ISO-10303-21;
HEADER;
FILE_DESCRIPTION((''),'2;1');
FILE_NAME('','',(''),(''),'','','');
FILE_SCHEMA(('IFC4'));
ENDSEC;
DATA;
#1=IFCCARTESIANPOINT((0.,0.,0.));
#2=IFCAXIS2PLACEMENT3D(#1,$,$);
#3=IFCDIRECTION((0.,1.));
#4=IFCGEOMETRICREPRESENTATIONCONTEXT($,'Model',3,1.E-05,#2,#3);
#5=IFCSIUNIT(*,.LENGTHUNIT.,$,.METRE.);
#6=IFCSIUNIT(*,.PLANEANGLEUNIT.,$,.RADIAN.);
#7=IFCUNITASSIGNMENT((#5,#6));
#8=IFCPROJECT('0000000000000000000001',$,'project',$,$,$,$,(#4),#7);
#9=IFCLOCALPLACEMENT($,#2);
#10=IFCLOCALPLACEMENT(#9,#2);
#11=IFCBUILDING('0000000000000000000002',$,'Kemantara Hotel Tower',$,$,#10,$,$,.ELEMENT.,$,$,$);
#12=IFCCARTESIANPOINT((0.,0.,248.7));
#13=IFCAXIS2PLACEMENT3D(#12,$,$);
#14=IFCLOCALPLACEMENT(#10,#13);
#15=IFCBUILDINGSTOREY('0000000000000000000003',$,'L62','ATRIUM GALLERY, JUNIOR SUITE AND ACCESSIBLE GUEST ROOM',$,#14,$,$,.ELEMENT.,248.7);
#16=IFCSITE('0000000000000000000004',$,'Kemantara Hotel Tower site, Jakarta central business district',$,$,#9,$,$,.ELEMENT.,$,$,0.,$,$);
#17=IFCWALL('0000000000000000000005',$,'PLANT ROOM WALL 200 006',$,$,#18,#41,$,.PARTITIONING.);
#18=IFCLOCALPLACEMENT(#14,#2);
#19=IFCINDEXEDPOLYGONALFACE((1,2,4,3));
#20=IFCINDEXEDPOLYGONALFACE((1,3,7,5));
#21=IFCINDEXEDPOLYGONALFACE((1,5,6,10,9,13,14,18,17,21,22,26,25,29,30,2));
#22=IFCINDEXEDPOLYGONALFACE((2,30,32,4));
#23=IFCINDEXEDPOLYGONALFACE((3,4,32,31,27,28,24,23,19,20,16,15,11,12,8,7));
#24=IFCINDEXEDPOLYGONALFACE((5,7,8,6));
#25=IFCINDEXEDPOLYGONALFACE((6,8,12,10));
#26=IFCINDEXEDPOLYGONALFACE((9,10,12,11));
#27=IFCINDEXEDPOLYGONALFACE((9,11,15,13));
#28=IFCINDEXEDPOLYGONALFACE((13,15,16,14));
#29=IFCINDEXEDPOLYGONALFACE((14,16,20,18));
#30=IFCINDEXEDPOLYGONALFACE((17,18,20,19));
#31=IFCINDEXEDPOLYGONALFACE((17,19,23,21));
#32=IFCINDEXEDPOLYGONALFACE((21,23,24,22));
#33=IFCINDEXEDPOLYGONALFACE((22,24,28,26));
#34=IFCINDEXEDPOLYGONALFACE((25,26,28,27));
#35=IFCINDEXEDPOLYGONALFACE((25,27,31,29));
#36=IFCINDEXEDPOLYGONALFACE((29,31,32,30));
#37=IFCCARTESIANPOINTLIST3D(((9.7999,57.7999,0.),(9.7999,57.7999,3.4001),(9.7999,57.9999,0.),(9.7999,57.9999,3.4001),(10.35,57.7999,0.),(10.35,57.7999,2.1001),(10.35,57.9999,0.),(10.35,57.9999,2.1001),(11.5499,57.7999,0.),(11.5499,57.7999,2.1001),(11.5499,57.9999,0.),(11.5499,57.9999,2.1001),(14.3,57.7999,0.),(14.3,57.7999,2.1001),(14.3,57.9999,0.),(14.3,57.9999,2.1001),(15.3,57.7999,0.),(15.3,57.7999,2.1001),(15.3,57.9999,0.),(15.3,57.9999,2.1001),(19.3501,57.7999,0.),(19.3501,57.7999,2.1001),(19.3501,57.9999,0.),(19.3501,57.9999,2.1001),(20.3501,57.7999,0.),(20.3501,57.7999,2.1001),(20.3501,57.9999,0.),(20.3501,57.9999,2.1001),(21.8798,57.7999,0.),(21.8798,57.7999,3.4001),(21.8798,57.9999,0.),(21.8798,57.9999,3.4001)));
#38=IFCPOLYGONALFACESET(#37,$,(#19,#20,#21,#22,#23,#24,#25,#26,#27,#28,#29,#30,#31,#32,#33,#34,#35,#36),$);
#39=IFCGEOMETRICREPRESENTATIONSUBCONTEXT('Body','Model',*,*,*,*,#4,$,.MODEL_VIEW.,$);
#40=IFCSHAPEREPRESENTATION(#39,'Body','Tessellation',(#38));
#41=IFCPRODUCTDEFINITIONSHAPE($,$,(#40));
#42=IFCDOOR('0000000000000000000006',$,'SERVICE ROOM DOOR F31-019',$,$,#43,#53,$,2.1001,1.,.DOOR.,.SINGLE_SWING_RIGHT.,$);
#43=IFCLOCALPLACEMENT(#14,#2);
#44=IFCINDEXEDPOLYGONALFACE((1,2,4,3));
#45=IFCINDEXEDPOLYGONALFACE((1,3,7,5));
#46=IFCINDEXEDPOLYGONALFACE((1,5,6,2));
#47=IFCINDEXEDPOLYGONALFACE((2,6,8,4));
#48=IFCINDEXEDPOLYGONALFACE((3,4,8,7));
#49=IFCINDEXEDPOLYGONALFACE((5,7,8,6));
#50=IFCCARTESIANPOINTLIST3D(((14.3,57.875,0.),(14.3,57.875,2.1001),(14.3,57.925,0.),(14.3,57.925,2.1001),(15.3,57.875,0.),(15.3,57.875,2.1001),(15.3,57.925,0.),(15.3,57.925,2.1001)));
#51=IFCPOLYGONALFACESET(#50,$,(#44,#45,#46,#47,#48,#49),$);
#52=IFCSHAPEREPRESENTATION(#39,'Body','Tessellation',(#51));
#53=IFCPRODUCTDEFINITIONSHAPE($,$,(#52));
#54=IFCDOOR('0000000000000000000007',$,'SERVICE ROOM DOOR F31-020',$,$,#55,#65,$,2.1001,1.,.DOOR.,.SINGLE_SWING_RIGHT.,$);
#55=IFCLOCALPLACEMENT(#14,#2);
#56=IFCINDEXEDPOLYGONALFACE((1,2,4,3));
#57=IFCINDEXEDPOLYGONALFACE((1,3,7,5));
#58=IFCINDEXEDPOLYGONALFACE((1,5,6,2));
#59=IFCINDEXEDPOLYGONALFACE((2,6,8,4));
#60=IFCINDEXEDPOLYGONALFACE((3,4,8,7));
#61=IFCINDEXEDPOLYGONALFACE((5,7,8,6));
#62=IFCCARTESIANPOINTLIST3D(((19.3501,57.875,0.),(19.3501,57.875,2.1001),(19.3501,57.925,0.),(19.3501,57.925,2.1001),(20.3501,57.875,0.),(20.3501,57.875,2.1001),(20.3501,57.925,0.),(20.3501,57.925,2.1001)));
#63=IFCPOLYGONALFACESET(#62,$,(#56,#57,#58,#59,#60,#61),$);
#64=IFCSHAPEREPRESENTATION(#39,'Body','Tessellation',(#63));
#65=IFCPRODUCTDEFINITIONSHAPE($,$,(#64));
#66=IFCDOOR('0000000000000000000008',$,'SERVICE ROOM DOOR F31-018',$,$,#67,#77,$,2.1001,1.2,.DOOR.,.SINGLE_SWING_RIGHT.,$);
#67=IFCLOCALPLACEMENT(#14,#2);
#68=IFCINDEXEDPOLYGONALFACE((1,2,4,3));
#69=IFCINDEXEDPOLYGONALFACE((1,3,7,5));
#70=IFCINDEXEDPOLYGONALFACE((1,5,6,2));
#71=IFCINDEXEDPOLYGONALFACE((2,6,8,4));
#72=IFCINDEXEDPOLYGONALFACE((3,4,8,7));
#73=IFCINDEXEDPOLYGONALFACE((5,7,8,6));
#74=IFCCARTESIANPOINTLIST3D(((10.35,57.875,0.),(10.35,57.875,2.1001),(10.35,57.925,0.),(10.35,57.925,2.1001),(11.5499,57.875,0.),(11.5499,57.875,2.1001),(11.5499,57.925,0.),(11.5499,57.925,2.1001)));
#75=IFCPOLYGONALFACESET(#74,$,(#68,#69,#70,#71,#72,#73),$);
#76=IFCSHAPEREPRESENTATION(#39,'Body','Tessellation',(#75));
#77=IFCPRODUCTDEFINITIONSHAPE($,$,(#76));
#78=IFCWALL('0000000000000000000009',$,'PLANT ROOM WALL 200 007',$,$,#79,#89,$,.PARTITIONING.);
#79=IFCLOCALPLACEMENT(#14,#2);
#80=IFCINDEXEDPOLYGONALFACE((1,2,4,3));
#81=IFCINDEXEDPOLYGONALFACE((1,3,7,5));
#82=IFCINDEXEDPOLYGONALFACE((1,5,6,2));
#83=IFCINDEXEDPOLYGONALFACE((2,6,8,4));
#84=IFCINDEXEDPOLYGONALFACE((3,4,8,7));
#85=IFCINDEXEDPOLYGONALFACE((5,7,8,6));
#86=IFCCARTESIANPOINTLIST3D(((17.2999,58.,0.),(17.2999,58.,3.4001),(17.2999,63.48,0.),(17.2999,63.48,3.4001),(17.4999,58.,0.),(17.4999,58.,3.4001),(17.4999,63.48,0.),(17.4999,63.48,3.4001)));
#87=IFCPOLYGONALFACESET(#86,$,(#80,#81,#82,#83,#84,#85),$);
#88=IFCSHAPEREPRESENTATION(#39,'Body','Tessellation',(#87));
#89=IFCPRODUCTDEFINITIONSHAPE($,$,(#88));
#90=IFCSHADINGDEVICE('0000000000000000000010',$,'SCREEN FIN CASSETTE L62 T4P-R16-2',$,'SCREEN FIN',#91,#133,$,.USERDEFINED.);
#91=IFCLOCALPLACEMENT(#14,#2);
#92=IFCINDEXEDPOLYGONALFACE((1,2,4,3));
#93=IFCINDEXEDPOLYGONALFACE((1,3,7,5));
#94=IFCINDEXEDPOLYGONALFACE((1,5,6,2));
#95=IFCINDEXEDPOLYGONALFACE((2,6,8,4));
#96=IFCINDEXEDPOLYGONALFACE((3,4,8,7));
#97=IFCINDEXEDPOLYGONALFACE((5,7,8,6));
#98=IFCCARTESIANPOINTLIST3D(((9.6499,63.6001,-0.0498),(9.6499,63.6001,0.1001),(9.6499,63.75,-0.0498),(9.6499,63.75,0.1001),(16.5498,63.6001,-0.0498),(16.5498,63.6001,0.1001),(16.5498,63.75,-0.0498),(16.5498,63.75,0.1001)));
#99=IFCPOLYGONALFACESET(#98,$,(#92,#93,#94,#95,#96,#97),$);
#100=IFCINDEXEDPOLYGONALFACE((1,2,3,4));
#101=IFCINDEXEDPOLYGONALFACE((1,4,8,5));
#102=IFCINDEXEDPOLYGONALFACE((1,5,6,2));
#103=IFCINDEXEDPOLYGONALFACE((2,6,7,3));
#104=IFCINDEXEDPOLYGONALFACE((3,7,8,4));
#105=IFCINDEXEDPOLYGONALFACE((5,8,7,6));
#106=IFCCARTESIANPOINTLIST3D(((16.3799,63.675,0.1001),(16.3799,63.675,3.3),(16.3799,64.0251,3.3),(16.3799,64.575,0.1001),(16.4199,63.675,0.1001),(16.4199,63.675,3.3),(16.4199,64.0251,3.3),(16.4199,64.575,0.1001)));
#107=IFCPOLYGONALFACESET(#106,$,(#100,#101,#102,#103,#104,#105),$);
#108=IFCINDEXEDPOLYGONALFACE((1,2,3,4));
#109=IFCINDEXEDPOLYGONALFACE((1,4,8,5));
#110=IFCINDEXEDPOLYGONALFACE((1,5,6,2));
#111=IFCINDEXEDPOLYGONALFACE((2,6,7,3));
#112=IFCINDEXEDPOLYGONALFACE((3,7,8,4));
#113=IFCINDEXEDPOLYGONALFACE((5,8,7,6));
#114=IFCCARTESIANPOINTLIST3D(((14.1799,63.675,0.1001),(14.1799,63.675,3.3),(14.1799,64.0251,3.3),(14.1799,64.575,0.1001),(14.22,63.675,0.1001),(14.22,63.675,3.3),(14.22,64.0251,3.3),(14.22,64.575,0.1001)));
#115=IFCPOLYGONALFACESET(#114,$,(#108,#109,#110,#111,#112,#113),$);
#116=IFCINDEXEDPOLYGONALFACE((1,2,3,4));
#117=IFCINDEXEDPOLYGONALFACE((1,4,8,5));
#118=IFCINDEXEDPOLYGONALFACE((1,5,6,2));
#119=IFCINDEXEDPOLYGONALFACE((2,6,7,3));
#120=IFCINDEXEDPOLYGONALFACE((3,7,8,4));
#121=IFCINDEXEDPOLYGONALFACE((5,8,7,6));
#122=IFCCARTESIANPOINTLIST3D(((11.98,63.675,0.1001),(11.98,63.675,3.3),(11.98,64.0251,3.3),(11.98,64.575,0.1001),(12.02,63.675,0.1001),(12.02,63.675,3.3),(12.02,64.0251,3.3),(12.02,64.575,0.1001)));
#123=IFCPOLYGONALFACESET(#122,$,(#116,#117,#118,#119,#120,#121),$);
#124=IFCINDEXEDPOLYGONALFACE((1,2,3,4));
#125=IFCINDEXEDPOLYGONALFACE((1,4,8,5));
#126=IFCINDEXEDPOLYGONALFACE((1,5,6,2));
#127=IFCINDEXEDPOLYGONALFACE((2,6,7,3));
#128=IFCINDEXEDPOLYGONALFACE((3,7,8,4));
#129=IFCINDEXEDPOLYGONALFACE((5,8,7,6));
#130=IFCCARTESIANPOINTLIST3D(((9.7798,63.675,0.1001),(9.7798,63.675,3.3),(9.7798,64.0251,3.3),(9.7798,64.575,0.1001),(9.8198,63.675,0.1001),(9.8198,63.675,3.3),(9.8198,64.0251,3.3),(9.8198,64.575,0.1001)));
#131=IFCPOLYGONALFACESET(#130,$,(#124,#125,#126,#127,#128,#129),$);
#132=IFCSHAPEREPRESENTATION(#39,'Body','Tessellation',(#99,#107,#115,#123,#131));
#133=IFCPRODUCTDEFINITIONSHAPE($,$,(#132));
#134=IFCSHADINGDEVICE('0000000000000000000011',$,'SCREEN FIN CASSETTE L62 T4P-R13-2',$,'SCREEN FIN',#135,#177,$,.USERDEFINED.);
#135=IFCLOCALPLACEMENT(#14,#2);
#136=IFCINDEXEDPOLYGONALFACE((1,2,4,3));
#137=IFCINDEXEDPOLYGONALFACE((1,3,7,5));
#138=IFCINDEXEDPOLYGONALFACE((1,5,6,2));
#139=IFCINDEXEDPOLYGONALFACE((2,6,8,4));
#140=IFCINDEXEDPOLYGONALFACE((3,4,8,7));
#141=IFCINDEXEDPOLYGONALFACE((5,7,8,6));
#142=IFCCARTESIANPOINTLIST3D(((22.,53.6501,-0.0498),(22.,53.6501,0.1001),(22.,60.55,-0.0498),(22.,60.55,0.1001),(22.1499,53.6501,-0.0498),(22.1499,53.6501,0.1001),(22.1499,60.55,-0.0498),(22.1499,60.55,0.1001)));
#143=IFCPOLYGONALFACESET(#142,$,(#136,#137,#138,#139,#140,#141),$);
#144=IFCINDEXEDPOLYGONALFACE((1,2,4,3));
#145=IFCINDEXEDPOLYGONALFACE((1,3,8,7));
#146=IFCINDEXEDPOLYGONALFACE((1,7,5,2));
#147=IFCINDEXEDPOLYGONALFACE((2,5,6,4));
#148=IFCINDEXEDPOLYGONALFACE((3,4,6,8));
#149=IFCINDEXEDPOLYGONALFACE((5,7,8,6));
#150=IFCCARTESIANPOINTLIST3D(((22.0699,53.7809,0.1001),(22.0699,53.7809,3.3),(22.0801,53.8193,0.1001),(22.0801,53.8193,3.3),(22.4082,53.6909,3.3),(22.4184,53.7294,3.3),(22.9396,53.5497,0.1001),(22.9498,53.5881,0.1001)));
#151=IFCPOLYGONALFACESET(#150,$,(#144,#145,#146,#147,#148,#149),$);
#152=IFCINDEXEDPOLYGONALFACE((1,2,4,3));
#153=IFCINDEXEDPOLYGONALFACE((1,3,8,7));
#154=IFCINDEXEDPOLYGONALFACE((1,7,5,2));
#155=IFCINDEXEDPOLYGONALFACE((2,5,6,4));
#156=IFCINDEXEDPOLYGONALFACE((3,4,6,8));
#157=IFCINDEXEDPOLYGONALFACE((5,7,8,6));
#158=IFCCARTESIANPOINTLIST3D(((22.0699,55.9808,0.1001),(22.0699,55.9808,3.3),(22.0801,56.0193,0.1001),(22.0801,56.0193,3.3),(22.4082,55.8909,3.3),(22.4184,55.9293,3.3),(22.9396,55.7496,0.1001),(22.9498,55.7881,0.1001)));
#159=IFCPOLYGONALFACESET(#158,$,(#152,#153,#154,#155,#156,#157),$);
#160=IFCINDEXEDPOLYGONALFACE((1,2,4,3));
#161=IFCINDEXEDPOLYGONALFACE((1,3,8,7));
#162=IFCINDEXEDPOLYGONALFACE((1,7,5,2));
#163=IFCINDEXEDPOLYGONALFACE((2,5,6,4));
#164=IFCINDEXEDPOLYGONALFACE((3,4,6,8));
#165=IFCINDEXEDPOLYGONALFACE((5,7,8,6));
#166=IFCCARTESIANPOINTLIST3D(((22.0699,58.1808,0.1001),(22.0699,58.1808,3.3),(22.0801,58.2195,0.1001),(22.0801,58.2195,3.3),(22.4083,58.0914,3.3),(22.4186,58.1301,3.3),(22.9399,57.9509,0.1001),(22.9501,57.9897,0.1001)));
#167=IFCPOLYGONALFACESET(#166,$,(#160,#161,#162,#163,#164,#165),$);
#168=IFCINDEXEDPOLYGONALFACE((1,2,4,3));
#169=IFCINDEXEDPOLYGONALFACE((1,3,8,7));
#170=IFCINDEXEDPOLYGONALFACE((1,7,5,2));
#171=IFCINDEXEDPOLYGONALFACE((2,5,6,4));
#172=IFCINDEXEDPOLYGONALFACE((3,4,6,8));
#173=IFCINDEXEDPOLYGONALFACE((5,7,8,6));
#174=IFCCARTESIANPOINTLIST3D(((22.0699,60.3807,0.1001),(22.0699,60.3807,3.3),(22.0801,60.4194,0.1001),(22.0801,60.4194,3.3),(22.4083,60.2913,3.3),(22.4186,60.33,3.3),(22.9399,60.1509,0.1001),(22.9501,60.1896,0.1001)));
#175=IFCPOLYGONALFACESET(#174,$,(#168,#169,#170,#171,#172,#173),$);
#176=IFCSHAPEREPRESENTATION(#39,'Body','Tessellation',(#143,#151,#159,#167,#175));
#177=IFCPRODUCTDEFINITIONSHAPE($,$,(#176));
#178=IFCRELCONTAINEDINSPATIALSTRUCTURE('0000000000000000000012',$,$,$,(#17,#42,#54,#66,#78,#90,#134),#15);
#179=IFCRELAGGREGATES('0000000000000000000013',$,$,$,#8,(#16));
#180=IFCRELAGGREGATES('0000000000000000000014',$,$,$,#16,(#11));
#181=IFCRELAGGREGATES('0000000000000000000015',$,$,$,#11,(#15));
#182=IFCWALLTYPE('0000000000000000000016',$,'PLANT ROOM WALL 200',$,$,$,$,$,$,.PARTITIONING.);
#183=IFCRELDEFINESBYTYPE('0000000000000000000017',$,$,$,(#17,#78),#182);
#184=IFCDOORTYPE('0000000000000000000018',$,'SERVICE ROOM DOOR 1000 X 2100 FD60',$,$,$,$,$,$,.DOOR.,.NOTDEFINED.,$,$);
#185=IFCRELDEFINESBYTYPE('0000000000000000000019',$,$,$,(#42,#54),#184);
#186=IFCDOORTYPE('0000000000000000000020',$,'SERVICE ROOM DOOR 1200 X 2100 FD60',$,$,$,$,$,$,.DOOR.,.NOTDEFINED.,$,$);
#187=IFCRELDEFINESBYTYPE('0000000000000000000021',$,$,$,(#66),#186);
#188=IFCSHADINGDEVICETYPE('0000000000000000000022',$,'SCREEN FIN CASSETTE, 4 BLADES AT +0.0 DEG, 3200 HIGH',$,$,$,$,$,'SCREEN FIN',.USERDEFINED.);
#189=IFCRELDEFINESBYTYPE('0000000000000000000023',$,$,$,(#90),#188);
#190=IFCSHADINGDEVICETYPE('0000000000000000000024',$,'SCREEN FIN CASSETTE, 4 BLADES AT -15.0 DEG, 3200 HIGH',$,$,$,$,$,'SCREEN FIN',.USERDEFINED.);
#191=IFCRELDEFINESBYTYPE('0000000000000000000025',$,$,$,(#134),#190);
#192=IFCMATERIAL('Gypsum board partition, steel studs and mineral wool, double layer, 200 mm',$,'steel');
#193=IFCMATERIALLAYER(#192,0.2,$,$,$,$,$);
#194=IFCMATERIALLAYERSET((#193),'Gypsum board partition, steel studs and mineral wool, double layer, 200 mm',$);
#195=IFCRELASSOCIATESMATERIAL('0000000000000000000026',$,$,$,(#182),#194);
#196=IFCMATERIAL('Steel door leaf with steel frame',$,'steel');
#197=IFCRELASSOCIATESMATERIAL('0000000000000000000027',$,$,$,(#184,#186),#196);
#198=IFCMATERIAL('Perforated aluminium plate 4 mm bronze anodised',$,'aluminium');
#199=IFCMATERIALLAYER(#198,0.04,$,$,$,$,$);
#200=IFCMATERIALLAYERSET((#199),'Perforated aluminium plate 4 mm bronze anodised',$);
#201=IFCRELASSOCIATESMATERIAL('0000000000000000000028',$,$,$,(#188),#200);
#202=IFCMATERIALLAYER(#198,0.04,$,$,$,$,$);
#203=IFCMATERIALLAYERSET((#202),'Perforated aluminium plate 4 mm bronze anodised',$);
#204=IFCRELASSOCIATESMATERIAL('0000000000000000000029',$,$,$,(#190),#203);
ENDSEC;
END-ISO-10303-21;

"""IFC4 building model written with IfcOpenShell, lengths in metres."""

from ifc_helpers import new_model, si_unit, direction, frame, frame_2d, origin, origin_2d, place, context, subcontext, project, spatial, polyline, rectangle, outline, extrude, source, transform, mapped, material, layer, layer_set, type_object, element, fill, save


model = new_model("IFC4")

# Units and contexts
model_context = context("Model", 3, precision=1e-05, world=origin(), true_north=direction((0.0, 1.0)))
body_context = subcontext(model_context, "Body", "Model", "MODEL_VIEW")
ifc_project = project(units=[si_unit("LENGTHUNIT", "METRE"), si_unit("PLANEANGLEUNIT", "RADIAN")], contexts=[model_context])

# Site, building, storey
site_placement = place(None, origin())
site = spatial("IfcSite", under=ifc_project, at=site_placement, Name="Kemantara Hotel Tower site, Jakarta central business district", CompositionType="ELEMENT", RefElevation=0.0)
building_placement = place(site_placement, origin())
building = spatial("IfcBuilding", under=site, at=building_placement, Name="Kemantara Hotel Tower", CompositionType="ELEMENT")
storey_placement = place(building_placement, frame((0.0, 0.0, 248.7)))
storey = spatial("IfcBuildingStorey", under=building, at=storey_placement, Name="L62", Description="ATRIUM GALLERY, JUNIOR SUITE AND ACCESSIBLE GUEST ROOM", CompositionType="ELEMENT", Elevation=248.7)

# Wall, openings, doors
ifc_material_1 = material(Name="Gypsum board partition, steel studs and mineral wool, double layer, 200 mm", Category="steel")
ifc_layer_1 = layer(ifc_material_1, 0.2)
ifc_layer_set_1 = layer_set([ifc_layer_1], Name="Gypsum board partition, steel studs and mineral wool, double layer, 200 mm")
wall_type = type_object("IfcWallType", Name="PLANT ROOM WALL 200", PredefinedType="PARTITIONING", material=ifc_layer_set_1)
wall_1_placement = place(storey_placement, frame((21.8799, 57.8999, 0.0), z_axis=(0.0, 0.0, 1.0), x_axis=(-1.0, 0.0, 0.0)))
wall_1 = element("IfcWall", 1, at=wall_1_placement, inside=storey, type_object=wall_type, Name="PLANT ROOM WALL 200 006", PredefinedType="PARTITIONING", context=body_context, shape_type="SweptSolid", body=[
    extrude(rectangle(XDim=12.0798, YDim=0.2, at=frame_2d((6.04, 0.0))), origin(), (0.0, 0.0, 1.0), 3.4001),
])
opening_1_placement = place(wall_1_placement, frame((10.3298, 0.0, 0.0)))
opening_1 = element("IfcOpeningElement", 2, at=opening_1_placement, cuts=wall_1, PredefinedType="OPENING", context=body_context, shape_type="SweptSolid", body=[
    extrude(rectangle(XDim=1.2, YDim=2.1001, at=frame_2d((0.6001, 1.05))), frame((0.0, 0.1099, 0.0), z_axis=(0.0, -1.0, 0.0), x_axis=(1.0, 0.0, 0.0)), (0.0, 0.0, 1.0), 0.22),
])
opening_2_placement = place(wall_1_placement, frame((6.5798, 0.0, 0.0)))
opening_2 = element("IfcOpeningElement", 3, at=opening_2_placement, cuts=wall_1, PredefinedType="OPENING", context=body_context, shape_type="SweptSolid", body=[
    extrude(rectangle(XDim=1.0, YDim=2.1001, at=frame_2d((0.5, 1.05))), frame((0.0, 0.1099, 0.0), z_axis=(0.0, -1.0, 0.0), x_axis=(1.0, 0.0, 0.0)), (0.0, 0.0, 1.0), 0.22),
])
opening_3_placement = place(wall_1_placement, frame((1.5298, 0.0, 0.0)))
opening_3 = element("IfcOpeningElement", 4, at=opening_3_placement, cuts=wall_1, PredefinedType="OPENING", context=body_context, shape_type="SweptSolid", body=[
    extrude(rectangle(XDim=1.0, YDim=2.1001, at=frame_2d((0.5, 1.05))), frame((0.0, 0.1099, 0.0), z_axis=(0.0, -1.0, 0.0), x_axis=(1.0, 0.0, 0.0)), (0.0, 0.0, 1.0), 0.22),
])
ifc_material_2 = material(Name="Steel door leaf with steel frame", Category="steel")
door_type_1 = type_object("IfcDoorType", Name="SERVICE ROOM DOOR 1000 X 2100 FD60", OperationType="NOTDEFINED", PredefinedType="DOOR", material=ifc_material_2)
door_1_placement = place(opening_2_placement, origin())
door_1 = element("IfcDoor", 5, at=door_1_placement, inside=storey, type_object=door_type_1, Name="SERVICE ROOM DOOR F31-019", OperationType="SINGLE_SWING_RIGHT", OverallHeight=2.1001, OverallWidth=1.0, PredefinedType="DOOR", context=body_context, shape_type="SweptSolid", body=[
    extrude(rectangle(XDim=1.0, YDim=2.1001, at=frame_2d((0.5, 1.05))), frame((0.0, 0.0249, 0.0), z_axis=(0.0, -1.0, 0.0), x_axis=(1.0, 0.0, 0.0)), (0.0, 0.0, 1.0), 0.05),
])
fill(opening_2, door_1)
door_2_placement = place(opening_3_placement, origin())
door_2 = element("IfcDoor", 6, at=door_2_placement, inside=storey, type_object=door_type_1, Name="SERVICE ROOM DOOR F31-020", OperationType="SINGLE_SWING_RIGHT", OverallHeight=2.1001, OverallWidth=1.0, PredefinedType="DOOR", context=body_context, shape_type="SweptSolid", body=[
    extrude(rectangle(XDim=1.0, YDim=2.1001, at=frame_2d((0.5, 1.05))), frame((0.0, 0.0249, 0.0), z_axis=(0.0, -1.0, 0.0), x_axis=(1.0, 0.0, 0.0)), (0.0, 0.0, 1.0), 0.05),
])
fill(opening_3, door_2)
door_type_2 = type_object("IfcDoorType", Name="SERVICE ROOM DOOR 1200 X 2100 FD60", OperationType="NOTDEFINED", PredefinedType="DOOR", material=ifc_material_2)
door_3_placement = place(opening_1_placement, origin())
door_3 = element("IfcDoor", 7, at=door_3_placement, inside=storey, type_object=door_type_2, Name="SERVICE ROOM DOOR F31-018", OperationType="SINGLE_SWING_RIGHT", OverallHeight=2.1001, OverallWidth=1.2, PredefinedType="DOOR", context=body_context, shape_type="SweptSolid", body=[
    extrude(rectangle(XDim=1.2, YDim=2.1001, at=frame_2d((0.6001, 1.05))), frame((0.0, 0.0249, 0.0), z_axis=(0.0, -1.0, 0.0), x_axis=(1.0, 0.0, 0.0)), (0.0, 0.0, 1.0), 0.05),
])
fill(opening_1, door_3)

# Wall
wall_2_placement = place(storey_placement, frame((17.3999, 58.0, 0.0), z_axis=(0.0, 0.0, 1.0), x_axis=(0.0, 1.0, 0.0)))
element("IfcWall", 8, at=wall_2_placement, inside=storey, type_object=wall_type, Name="PLANT ROOM WALL 200 007", PredefinedType="PARTITIONING", context=body_context, shape_type="SweptSolid", body=[
    extrude(rectangle(XDim=5.48, YDim=0.2, at=frame_2d((2.74, 0.0))), origin(), (0.0, 0.0, 1.0), 3.4001),
])

# Shading devices
ifc_material_3 = material(Name="Perforated aluminium plate 4 mm bronze anodised", Category="aluminium")
ifc_layer_2 = layer(ifc_material_3, 0.04)
ifc_layer_set_2 = layer_set([ifc_layer_2], Name="Perforated aluminium plate 4 mm bronze anodised")
shading_device_type_1 = type_object("IfcShadingDeviceType", Name="SCREEN FIN CASSETTE, 4 BLADES AT +0.0 DEG, 3200 HIGH", ElementType="SCREEN FIN", PredefinedType="USERDEFINED", material=ifc_layer_set_2)
shared_shape_1 = source(origin(), body_context, "Body", "SweptSolid", [
    extrude(rectangle(XDim=6.8999, YDim=0.1499, at=origin_2d()), frame((3.3, -0.075, -0.1499), z_axis=(0.0, 0.0, 1.0), x_axis=(1.0, 0.0, 0.0)), (0.0, 0.0, 1.0), 0.1499),
    extrude(outline(polyline([(0.0, 0.0), (0.8999, 0.0), (0.3501, 3.2), (0.0, 3.2), (0.0, 0.0)])), frame((0.02, -0.075, 0.0), z_axis=(-1.0, 0.0, 0.0), x_axis=(0.0, -1.0, 0.0)), (0.0, 0.0, 1.0), 0.04),
    extrude(outline(polyline([(0.0, 0.0), (0.8999, 0.0), (0.3501, 3.2), (0.0, 3.2), (0.0, 0.0)])), frame((2.22, -0.075, 0.0), z_axis=(-1.0, 0.0, 0.0), x_axis=(0.0, -1.0, 0.0)), (0.0, 0.0, 1.0), 0.04),
    extrude(outline(polyline([(0.0, 0.0), (0.8999, 0.0), (0.3501, 3.2), (0.0, 3.2), (0.0, 0.0)])), frame((4.4199, -0.075, 0.0), z_axis=(-1.0, 0.0, 0.0), x_axis=(0.0, -1.0, 0.0)), (0.0, 0.0, 1.0), 0.04),
    extrude(outline(polyline([(0.0, 0.0), (0.8999, 0.0), (0.3501, 3.2), (0.0, 3.2), (0.0, 0.0)])), frame((6.6201, -0.075, 0.0), z_axis=(-1.0, 0.0, 0.0), x_axis=(0.0, -1.0, 0.0)), (0.0, 0.0, 1.0), 0.04),
])
shading_device_1_placement = place(storey_placement, frame((16.3999, 63.6001, 0.1001), z_axis=(0.0, 0.0, 1.0), x_axis=(-1.0, 0.0, 0.0)))
element("IfcShadingDevice", 9, at=shading_device_1_placement, inside=storey, type_object=shading_device_type_1, Name="SCREEN FIN CASSETTE L62 T4P-R16-2", ObjectType="SCREEN FIN", PredefinedType="USERDEFINED", context=body_context, shape_type="MappedRepresentation", body=[
    mapped(shared_shape_1, transform((0.0, 0.0, 0.0))),
])
ifc_layer_3 = layer(ifc_material_3, 0.04)
ifc_layer_set_3 = layer_set([ifc_layer_3], Name="Perforated aluminium plate 4 mm bronze anodised")
shading_device_type_2 = type_object("IfcShadingDeviceType", Name="SCREEN FIN CASSETTE, 4 BLADES AT -15.0 DEG, 3200 HIGH", ElementType="SCREEN FIN", PredefinedType="USERDEFINED", material=ifc_layer_set_3)
shared_shape_2 = source(origin(), body_context, "Body", "SweptSolid", [
    extrude(rectangle(XDim=6.8999, YDim=0.1499, at=origin_2d()), frame((3.3, -0.075, -0.1499), z_axis=(0.0, 0.0, 1.0), x_axis=(1.0, 0.0, 0.0)), (0.0, 0.0, 1.0), 0.1499),
    extrude(outline(polyline([(0.0, 0.0), (0.8999, 0.0), (0.3501, 3.2), (0.0, 3.2), (0.0, 0.0)])), frame((0.0193, -0.0801, 0.0), z_axis=(-0.966438, 0.256901, 0.0), x_axis=(-0.256901, -0.966438, 0.0)), (0.0, 0.0, 1.0), 0.0398),
    extrude(outline(polyline([(0.0, 0.0), (0.8999, 0.0), (0.3501, 3.2), (0.0, 3.2), (0.0, 0.0)])), frame((2.2192, -0.0801, 0.0), z_axis=(-0.966438, 0.256901, 0.0), x_axis=(-0.256901, -0.966438, 0.0)), (0.0, 0.0, 1.0), 0.0398),
    extrude(outline(polyline([(0.0, 0.0), (0.8999, 0.0), (0.3501, 3.2), (0.0, 3.2), (0.0, 0.0)])), frame((4.4194, -0.0801, 0.0), z_axis=(-0.966838, 0.255391, 0.0), x_axis=(-0.255391, -0.966838, 0.0)), (0.0, 0.0, 1.0), 0.04),
    extrude(outline(polyline([(0.0, 0.0), (0.8999, 0.0), (0.3501, 3.2), (0.0, 3.2), (0.0, 0.0)])), frame((6.6194, -0.0801, 0.0), z_axis=(-0.966838, 0.255391, 0.0), x_axis=(-0.255391, -0.966838, 0.0)), (0.0, 0.0, 1.0), 0.04),
])
shading_device_2_placement = place(storey_placement, frame((22.0, 53.8, 0.1001), z_axis=(0.0, 0.0, 1.0), x_axis=(0.0, 1.0, 0.0)))
element("IfcShadingDevice", 10, at=shading_device_2_placement, inside=storey, type_object=shading_device_type_2, Name="SCREEN FIN CASSETTE L62 T4P-R13-2", ObjectType="SCREEN FIN", PredefinedType="USERDEFINED", context=body_context, shape_type="MappedRepresentation", body=[
    mapped(shared_shape_2, transform((0.0, 0.0, 0.0))),
])

save(model, "model.ifc")
